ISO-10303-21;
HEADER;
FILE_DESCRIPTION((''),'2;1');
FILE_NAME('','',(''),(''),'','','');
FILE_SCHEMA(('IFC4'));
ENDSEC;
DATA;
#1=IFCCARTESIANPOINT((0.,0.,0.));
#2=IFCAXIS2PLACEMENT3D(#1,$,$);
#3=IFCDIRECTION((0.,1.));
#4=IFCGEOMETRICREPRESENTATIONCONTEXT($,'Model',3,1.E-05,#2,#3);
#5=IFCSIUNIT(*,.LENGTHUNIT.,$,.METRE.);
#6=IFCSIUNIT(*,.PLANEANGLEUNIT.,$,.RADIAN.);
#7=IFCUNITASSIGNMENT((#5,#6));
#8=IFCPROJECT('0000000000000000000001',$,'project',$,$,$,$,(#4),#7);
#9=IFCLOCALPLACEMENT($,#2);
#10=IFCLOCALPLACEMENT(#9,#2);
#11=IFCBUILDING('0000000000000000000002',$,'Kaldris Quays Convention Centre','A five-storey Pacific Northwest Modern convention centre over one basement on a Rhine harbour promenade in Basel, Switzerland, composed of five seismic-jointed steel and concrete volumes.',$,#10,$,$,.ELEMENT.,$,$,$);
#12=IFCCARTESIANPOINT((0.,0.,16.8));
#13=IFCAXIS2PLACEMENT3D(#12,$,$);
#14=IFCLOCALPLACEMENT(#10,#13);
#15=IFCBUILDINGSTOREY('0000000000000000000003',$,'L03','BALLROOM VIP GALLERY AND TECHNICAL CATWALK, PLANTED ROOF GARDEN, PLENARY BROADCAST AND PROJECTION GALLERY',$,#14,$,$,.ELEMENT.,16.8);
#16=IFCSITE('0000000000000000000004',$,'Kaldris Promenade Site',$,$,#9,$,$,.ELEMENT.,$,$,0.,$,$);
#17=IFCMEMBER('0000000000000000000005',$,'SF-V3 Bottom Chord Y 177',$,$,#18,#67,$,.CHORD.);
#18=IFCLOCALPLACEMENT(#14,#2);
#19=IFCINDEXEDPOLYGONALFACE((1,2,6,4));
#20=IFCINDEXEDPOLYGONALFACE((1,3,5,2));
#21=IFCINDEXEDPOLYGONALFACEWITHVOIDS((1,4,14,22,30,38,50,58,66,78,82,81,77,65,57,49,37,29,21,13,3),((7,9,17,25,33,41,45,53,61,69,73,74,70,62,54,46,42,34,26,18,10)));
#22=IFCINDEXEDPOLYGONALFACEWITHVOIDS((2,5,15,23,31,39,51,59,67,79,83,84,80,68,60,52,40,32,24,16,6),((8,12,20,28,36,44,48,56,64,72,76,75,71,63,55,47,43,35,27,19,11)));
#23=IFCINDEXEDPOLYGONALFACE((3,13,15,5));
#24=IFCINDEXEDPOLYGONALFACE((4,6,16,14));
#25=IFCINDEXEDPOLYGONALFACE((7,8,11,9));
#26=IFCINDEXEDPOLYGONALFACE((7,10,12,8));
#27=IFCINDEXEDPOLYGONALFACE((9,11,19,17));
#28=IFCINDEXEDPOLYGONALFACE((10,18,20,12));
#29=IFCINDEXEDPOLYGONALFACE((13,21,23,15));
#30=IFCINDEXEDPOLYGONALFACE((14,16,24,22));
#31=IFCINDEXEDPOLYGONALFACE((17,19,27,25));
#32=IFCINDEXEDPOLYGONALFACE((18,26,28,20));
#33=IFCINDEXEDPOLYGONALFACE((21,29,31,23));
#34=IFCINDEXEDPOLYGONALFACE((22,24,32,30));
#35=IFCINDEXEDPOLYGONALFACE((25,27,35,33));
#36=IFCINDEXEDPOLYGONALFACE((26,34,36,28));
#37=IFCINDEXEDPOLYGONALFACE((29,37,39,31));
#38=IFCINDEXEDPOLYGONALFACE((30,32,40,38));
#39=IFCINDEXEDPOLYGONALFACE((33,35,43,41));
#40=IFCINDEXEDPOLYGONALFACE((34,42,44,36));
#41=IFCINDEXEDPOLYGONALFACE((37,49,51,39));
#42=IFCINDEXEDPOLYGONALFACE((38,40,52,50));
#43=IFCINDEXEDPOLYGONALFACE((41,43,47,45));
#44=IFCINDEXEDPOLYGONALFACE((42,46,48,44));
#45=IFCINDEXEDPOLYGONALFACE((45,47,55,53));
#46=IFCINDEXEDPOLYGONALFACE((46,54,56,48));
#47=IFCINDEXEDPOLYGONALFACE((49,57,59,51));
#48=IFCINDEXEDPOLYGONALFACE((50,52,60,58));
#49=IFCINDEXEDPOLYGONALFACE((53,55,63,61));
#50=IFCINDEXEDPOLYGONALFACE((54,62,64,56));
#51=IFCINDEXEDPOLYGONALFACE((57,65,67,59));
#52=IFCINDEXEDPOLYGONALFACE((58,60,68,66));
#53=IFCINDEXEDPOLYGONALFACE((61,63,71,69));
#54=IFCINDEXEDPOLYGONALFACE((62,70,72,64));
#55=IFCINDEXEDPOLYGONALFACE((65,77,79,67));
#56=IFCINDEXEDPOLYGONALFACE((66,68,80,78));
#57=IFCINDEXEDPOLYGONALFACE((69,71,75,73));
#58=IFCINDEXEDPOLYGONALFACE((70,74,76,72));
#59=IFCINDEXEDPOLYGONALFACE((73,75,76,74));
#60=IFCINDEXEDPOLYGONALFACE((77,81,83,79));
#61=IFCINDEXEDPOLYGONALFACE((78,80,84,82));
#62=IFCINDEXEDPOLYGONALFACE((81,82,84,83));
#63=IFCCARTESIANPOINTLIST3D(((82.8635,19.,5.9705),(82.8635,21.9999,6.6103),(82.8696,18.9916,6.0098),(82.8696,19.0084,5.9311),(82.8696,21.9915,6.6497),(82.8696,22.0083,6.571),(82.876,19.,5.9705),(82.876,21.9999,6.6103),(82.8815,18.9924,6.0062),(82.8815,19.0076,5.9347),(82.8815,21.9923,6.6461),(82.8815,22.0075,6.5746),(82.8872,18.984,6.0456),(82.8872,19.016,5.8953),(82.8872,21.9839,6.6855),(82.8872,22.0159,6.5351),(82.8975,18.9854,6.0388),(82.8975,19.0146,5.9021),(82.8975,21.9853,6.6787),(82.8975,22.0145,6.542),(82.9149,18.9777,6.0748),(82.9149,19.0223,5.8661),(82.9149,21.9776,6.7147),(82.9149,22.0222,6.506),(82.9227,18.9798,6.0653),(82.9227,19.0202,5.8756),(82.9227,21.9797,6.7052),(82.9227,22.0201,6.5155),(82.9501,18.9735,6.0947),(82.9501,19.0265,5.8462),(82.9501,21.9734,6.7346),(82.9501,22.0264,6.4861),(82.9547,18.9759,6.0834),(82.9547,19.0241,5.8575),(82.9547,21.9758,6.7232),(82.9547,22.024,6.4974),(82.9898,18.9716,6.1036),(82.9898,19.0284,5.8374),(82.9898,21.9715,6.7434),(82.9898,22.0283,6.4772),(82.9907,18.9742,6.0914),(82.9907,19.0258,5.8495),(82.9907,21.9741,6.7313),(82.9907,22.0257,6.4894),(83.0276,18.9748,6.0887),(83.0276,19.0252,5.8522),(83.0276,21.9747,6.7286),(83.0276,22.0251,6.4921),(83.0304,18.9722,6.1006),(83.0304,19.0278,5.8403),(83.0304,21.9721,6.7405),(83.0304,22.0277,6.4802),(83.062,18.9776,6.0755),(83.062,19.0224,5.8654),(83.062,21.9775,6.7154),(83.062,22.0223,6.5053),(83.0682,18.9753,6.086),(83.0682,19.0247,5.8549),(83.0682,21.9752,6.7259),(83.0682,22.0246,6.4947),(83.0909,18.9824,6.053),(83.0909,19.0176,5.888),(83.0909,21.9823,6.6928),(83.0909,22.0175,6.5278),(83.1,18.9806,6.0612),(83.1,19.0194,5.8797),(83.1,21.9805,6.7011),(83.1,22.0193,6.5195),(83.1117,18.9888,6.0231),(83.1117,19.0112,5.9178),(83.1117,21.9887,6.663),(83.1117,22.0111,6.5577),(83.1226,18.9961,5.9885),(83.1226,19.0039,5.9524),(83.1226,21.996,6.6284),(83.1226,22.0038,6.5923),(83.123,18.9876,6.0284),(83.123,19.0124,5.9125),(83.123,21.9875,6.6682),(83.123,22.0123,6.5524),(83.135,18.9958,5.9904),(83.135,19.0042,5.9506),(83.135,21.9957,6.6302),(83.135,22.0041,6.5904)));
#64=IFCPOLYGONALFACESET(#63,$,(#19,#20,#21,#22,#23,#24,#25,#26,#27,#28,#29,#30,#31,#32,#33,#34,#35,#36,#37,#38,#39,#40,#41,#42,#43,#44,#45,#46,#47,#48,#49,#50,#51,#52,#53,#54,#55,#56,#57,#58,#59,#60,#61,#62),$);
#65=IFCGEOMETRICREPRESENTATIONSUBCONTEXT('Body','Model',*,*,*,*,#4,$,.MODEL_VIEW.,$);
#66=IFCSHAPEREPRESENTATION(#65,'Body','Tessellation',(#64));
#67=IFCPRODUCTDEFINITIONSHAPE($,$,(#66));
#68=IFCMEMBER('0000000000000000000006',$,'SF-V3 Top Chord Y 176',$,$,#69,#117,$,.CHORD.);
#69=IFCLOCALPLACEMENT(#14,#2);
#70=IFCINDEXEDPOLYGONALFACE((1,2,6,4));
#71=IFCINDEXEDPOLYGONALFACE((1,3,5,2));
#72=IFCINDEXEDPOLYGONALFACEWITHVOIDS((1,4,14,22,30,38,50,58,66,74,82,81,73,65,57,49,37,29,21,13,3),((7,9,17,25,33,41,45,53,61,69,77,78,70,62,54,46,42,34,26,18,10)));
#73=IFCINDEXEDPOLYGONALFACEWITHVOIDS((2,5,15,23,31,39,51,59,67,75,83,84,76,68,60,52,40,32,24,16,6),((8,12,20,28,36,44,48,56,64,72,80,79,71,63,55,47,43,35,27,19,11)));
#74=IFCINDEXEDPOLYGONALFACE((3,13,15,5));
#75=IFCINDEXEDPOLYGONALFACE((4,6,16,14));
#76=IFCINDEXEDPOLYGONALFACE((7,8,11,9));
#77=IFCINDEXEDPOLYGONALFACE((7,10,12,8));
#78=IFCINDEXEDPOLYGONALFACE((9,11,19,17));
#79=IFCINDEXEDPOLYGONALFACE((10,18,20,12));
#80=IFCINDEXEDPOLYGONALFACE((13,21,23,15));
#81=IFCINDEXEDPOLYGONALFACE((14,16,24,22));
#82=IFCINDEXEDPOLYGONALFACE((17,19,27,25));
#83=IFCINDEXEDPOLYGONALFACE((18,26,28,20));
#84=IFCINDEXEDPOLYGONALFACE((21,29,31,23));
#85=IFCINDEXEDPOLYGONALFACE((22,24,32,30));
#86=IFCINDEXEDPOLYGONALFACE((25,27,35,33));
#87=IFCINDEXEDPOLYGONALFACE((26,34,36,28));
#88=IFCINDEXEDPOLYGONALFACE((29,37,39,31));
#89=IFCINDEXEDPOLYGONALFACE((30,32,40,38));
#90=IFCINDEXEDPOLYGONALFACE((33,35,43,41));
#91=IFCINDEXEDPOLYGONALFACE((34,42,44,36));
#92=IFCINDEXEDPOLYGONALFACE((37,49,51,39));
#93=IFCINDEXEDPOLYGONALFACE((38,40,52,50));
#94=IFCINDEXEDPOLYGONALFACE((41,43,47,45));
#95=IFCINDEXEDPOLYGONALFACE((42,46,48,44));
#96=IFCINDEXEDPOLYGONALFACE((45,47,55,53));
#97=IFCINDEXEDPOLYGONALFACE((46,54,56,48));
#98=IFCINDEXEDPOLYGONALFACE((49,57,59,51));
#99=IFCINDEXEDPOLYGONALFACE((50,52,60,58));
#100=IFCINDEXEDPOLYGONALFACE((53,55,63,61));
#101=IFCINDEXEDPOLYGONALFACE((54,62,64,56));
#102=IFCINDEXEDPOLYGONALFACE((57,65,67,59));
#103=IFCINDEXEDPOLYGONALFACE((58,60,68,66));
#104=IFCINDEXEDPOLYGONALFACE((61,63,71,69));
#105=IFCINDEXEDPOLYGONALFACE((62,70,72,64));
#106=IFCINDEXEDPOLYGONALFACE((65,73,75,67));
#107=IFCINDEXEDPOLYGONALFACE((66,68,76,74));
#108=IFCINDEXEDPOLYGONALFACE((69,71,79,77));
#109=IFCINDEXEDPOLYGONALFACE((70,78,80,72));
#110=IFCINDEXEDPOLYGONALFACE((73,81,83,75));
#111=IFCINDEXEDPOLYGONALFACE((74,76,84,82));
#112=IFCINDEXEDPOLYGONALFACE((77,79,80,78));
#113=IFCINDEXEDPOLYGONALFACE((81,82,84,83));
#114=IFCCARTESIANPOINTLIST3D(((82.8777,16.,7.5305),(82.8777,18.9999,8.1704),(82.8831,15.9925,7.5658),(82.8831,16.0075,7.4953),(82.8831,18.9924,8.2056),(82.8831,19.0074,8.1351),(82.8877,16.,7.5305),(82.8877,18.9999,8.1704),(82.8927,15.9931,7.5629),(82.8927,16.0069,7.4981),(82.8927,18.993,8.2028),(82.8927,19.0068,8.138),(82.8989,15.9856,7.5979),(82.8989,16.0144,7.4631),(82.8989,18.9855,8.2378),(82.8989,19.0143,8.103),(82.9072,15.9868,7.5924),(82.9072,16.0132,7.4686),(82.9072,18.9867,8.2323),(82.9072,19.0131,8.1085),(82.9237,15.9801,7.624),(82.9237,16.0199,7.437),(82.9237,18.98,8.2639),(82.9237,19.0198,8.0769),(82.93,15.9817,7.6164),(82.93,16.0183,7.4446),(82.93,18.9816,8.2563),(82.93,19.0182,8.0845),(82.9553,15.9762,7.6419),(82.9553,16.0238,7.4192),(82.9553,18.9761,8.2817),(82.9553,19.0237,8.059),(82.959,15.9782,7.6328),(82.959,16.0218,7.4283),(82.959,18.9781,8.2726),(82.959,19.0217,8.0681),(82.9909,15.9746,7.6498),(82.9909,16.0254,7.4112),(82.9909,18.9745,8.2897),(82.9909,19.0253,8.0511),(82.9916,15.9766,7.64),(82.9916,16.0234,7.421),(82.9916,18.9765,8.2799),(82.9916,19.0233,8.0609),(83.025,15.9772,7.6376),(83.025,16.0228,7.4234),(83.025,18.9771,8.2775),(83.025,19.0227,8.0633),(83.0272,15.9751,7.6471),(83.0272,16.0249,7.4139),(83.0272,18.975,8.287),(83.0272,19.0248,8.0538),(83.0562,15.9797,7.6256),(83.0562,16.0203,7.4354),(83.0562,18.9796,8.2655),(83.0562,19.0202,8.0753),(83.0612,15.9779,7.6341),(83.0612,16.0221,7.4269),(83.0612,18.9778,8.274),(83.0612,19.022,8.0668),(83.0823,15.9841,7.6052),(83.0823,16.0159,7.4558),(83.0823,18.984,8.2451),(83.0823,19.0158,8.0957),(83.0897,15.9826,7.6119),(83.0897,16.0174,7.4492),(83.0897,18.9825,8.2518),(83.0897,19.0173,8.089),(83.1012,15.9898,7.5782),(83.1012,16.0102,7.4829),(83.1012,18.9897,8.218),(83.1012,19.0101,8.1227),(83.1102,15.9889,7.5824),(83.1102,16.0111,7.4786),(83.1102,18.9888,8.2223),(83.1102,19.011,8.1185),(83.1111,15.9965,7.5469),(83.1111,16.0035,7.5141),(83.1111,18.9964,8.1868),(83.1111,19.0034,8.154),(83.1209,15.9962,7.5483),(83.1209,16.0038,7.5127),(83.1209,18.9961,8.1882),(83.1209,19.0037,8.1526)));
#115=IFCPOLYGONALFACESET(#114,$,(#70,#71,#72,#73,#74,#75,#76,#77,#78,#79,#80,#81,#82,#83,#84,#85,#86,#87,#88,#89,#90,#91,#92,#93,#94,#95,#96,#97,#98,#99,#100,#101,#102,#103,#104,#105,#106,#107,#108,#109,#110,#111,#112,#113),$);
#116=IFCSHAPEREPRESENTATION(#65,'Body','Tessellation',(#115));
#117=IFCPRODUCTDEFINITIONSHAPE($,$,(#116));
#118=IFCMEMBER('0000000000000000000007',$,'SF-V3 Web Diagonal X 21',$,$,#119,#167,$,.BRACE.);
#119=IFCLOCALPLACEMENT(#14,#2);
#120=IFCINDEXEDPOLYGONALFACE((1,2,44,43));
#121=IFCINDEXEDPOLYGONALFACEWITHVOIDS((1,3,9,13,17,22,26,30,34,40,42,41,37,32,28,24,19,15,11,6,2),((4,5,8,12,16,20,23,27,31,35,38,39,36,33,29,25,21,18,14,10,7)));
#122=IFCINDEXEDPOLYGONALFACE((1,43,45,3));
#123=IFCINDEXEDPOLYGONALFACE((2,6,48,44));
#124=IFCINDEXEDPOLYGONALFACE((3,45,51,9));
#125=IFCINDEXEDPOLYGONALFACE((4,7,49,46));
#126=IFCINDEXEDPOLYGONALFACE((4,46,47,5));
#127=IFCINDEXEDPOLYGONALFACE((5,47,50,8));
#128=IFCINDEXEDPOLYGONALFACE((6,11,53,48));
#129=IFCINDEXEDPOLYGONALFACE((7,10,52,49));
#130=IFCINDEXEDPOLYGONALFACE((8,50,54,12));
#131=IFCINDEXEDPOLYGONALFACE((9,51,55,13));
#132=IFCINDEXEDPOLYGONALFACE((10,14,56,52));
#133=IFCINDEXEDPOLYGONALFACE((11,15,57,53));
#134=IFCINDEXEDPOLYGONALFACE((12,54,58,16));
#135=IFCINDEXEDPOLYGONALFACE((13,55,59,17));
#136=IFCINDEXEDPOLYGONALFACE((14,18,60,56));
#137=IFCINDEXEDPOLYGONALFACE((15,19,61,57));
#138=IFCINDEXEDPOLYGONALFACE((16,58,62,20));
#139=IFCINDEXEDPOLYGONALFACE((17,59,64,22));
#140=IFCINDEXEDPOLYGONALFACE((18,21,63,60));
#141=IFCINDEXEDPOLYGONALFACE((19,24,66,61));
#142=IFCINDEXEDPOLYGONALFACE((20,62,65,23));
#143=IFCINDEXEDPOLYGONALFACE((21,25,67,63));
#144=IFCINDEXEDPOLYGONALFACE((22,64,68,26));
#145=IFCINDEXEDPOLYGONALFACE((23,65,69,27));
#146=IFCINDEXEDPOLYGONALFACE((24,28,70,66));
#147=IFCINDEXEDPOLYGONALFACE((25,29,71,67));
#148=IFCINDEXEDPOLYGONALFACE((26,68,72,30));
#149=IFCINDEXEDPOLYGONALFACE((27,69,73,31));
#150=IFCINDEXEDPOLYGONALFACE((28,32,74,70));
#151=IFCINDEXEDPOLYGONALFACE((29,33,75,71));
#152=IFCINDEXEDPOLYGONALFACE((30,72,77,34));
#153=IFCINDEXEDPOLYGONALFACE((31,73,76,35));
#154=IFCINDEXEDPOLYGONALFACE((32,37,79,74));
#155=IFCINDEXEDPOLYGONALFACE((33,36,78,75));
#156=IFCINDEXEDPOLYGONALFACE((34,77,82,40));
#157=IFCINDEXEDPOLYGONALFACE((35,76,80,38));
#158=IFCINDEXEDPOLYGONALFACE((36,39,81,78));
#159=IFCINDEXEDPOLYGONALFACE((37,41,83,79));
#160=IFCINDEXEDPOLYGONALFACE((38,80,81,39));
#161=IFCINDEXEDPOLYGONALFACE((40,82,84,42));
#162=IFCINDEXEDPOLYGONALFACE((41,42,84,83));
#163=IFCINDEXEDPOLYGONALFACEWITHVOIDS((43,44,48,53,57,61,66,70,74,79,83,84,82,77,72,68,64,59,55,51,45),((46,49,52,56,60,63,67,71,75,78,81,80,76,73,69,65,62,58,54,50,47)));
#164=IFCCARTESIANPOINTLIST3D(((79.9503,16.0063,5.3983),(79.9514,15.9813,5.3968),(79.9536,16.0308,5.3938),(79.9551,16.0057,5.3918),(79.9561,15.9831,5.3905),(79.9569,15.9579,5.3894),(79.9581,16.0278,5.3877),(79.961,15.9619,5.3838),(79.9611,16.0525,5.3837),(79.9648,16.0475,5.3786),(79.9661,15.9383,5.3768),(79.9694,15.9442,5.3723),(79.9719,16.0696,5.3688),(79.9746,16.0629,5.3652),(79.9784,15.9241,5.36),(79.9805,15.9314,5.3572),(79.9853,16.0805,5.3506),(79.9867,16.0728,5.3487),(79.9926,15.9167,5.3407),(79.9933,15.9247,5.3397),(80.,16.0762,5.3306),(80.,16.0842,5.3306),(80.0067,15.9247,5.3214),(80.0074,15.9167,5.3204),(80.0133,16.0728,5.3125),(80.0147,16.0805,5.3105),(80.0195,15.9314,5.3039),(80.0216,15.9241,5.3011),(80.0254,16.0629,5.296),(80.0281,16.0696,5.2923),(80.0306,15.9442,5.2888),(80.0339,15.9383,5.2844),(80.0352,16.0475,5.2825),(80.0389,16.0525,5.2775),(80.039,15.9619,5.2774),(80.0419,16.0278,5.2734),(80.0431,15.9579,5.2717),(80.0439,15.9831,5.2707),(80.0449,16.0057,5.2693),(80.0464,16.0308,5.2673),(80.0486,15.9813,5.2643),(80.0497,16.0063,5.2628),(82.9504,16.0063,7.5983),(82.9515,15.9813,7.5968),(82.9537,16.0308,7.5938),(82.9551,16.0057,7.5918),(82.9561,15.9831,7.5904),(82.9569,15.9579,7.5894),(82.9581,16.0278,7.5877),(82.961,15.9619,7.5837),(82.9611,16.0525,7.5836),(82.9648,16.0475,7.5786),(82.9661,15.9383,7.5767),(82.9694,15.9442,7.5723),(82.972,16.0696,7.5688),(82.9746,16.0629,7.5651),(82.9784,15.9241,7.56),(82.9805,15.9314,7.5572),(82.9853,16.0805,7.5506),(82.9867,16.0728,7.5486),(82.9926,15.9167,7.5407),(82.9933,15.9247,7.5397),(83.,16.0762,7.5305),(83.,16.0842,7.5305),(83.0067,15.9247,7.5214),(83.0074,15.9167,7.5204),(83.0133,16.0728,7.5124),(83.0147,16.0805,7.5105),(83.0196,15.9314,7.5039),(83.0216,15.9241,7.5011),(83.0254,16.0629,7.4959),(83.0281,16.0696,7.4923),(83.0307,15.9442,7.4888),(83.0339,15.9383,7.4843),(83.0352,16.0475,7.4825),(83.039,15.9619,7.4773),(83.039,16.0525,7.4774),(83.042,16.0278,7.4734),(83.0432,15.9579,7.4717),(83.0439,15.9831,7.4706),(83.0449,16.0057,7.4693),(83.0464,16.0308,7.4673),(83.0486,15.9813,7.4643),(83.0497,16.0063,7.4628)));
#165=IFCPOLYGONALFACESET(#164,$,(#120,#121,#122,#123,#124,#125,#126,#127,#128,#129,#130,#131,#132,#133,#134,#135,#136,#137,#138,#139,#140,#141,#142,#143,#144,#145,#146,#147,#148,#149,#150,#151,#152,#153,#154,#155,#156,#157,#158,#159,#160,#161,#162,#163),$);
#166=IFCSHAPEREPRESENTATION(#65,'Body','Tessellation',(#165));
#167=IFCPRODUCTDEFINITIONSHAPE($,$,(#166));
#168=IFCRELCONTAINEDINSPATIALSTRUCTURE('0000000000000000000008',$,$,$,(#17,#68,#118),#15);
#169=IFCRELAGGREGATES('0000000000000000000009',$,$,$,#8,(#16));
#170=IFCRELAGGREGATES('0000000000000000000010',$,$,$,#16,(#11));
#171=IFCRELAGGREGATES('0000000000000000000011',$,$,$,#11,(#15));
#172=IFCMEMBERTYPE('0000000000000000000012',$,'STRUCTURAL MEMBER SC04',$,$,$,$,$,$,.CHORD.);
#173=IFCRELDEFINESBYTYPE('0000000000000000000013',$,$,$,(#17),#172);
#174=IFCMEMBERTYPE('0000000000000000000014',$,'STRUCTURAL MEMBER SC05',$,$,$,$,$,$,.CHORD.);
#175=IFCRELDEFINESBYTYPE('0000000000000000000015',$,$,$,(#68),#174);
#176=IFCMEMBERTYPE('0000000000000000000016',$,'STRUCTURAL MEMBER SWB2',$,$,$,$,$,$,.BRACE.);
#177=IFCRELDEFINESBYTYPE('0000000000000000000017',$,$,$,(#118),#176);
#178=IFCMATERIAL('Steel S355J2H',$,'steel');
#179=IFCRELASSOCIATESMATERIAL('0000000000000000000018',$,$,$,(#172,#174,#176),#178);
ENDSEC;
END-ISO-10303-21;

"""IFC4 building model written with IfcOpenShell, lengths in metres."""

from ifc_helpers import new_model, si_unit, direction, frame, origin, origin_2d, place, context, subcontext, project, spatial, hollow_circle, extrude, material, material_profile, profile_set, type_object, element, save


model = new_model("IFC4")

# Units and contexts
model_context = context("Model", 3, precision=1e-05, world=origin(), true_north=direction((0.0, 1.0)))
body_context = subcontext(model_context, "Body", "Model", "MODEL_VIEW")
ifc_project = project(units=[si_unit("LENGTHUNIT", "METRE"), si_unit("PLANEANGLEUNIT", "RADIAN")], contexts=[model_context])

# Site, building, storey
site_placement = place(None, origin())
site = spatial("IfcSite", under=ifc_project, at=site_placement, Name="Kaldris Promenade Site", CompositionType="ELEMENT", RefElevation=0.0)
building_placement = place(site_placement, origin())
building = spatial("IfcBuilding", under=site, at=building_placement, Name="Kaldris Quays Convention Centre", Description="A five-storey Pacific Northwest Modern convention centre over one basement on a Rhine harbour promenade in Basel, Switzerland, composed of five seismic-jointed steel and concrete volumes.", CompositionType="ELEMENT")
storey_placement = place(building_placement, frame((0.0, 0.0, 16.8)))
storey = spatial("IfcBuildingStorey", under=building, at=storey_placement, Name="L03", Description="BALLROOM VIP GALLERY AND TECHNICAL CATWALK, PLANTED ROOF GARDEN, PLENARY BROADCAST AND PROJECTION GALLERY", CompositionType="ELEMENT", Elevation=16.8)

# Members
ifc_material_1 = material(Name="Steel S355J2H", Category="steel")
ifc_material_profile_1 = material_profile(ifc_material_1, hollow_circle(Radius=0.1365, WallThickness=0.0125, at=origin_2d()), Name="CHS 273x12.5")
ifc_profile_set_1 = profile_set([ifc_material_profile_1], Name="Steel S355J2H")
member_type_1 = type_object("IfcMemberType", Name="STRUCTURAL MEMBER SC04", PredefinedType="CHORD", material=ifc_profile_set_1)
for number, where, z_axis, x_axis, name in (
    (1, (83.0, 19.0, 5.9705), (0.0, 0.978, 0.208605), (-1.0, 0.0, 0.0), "SF-V3 Bottom Chord Y 177"),
):
    element("IfcMember", number, at=place(storey_placement, frame(where, z_axis=z_axis, x_axis=x_axis)), inside=storey, type_object=member_type_1, Name=name, PredefinedType="CHORD", context=body_context, shape_type="SweptSolid", body=[
        extrude(hollow_circle(Radius=0.1365, WallThickness=0.0125, at=origin_2d()), origin(), (0.0, 0.0, 1.0), 3.0674),
    ])
ifc_material_profile_2 = material_profile(ifc_material_1, hollow_circle(Radius=0.1223, WallThickness=0.01, at=origin_2d()), Name="CHS 244.5x10")
ifc_profile_set_2 = profile_set([ifc_material_profile_2], Name="Steel S355J2H")
member_type_2 = type_object("IfcMemberType", Name="STRUCTURAL MEMBER SC05", PredefinedType="CHORD", material=ifc_profile_set_2)
member_1_placement = place(storey_placement, frame((83.0, 16.0, 7.5305), z_axis=(0.0, 0.978, 0.208605), x_axis=(-1.0, 0.0, 0.0)))
element("IfcMember", 2, at=member_1_placement, inside=storey, type_object=member_type_2, Name="SF-V3 Top Chord Y 176", PredefinedType="CHORD", context=body_context, shape_type="SweptSolid", body=[
    extrude(hollow_circle(Radius=0.1223, WallThickness=0.01, at=origin_2d()), origin(), (0.0, 0.0, 1.0), 3.0674),
])
ifc_material_profile_3 = material_profile(ifc_material_1, hollow_circle(Radius=0.0842, WallThickness=0.0081, at=origin_2d()), Name="CHS 168.3x8")
ifc_profile_set_3 = profile_set([ifc_material_profile_3], Name="Steel S355J2H")
member_type_3 = type_object("IfcMemberType", Name="STRUCTURAL MEMBER SWB2", PredefinedType="BRACE", material=ifc_profile_set_3)
for number, where, z_axis, x_axis, name in (
    (3, (80.0, 16.0, 5.3306), (0.806411, 0.0, 0.591355), (0.0, 1.0, 0.0), "SF-V3 Web Diagonal X 21"),
):
    element("IfcMember", number, at=place(storey_placement, frame(where, z_axis=z_axis, x_axis=x_axis)), inside=storey, type_object=member_type_3, Name=name, PredefinedType="BRACE", context=body_context, shape_type="SweptSolid", body=[
        extrude(hollow_circle(Radius=0.0842, WallThickness=0.0081, at=origin_2d()), origin(), (0.0, 0.0, 1.0), 3.7202),
    ])

save(model, "model.ifc")
